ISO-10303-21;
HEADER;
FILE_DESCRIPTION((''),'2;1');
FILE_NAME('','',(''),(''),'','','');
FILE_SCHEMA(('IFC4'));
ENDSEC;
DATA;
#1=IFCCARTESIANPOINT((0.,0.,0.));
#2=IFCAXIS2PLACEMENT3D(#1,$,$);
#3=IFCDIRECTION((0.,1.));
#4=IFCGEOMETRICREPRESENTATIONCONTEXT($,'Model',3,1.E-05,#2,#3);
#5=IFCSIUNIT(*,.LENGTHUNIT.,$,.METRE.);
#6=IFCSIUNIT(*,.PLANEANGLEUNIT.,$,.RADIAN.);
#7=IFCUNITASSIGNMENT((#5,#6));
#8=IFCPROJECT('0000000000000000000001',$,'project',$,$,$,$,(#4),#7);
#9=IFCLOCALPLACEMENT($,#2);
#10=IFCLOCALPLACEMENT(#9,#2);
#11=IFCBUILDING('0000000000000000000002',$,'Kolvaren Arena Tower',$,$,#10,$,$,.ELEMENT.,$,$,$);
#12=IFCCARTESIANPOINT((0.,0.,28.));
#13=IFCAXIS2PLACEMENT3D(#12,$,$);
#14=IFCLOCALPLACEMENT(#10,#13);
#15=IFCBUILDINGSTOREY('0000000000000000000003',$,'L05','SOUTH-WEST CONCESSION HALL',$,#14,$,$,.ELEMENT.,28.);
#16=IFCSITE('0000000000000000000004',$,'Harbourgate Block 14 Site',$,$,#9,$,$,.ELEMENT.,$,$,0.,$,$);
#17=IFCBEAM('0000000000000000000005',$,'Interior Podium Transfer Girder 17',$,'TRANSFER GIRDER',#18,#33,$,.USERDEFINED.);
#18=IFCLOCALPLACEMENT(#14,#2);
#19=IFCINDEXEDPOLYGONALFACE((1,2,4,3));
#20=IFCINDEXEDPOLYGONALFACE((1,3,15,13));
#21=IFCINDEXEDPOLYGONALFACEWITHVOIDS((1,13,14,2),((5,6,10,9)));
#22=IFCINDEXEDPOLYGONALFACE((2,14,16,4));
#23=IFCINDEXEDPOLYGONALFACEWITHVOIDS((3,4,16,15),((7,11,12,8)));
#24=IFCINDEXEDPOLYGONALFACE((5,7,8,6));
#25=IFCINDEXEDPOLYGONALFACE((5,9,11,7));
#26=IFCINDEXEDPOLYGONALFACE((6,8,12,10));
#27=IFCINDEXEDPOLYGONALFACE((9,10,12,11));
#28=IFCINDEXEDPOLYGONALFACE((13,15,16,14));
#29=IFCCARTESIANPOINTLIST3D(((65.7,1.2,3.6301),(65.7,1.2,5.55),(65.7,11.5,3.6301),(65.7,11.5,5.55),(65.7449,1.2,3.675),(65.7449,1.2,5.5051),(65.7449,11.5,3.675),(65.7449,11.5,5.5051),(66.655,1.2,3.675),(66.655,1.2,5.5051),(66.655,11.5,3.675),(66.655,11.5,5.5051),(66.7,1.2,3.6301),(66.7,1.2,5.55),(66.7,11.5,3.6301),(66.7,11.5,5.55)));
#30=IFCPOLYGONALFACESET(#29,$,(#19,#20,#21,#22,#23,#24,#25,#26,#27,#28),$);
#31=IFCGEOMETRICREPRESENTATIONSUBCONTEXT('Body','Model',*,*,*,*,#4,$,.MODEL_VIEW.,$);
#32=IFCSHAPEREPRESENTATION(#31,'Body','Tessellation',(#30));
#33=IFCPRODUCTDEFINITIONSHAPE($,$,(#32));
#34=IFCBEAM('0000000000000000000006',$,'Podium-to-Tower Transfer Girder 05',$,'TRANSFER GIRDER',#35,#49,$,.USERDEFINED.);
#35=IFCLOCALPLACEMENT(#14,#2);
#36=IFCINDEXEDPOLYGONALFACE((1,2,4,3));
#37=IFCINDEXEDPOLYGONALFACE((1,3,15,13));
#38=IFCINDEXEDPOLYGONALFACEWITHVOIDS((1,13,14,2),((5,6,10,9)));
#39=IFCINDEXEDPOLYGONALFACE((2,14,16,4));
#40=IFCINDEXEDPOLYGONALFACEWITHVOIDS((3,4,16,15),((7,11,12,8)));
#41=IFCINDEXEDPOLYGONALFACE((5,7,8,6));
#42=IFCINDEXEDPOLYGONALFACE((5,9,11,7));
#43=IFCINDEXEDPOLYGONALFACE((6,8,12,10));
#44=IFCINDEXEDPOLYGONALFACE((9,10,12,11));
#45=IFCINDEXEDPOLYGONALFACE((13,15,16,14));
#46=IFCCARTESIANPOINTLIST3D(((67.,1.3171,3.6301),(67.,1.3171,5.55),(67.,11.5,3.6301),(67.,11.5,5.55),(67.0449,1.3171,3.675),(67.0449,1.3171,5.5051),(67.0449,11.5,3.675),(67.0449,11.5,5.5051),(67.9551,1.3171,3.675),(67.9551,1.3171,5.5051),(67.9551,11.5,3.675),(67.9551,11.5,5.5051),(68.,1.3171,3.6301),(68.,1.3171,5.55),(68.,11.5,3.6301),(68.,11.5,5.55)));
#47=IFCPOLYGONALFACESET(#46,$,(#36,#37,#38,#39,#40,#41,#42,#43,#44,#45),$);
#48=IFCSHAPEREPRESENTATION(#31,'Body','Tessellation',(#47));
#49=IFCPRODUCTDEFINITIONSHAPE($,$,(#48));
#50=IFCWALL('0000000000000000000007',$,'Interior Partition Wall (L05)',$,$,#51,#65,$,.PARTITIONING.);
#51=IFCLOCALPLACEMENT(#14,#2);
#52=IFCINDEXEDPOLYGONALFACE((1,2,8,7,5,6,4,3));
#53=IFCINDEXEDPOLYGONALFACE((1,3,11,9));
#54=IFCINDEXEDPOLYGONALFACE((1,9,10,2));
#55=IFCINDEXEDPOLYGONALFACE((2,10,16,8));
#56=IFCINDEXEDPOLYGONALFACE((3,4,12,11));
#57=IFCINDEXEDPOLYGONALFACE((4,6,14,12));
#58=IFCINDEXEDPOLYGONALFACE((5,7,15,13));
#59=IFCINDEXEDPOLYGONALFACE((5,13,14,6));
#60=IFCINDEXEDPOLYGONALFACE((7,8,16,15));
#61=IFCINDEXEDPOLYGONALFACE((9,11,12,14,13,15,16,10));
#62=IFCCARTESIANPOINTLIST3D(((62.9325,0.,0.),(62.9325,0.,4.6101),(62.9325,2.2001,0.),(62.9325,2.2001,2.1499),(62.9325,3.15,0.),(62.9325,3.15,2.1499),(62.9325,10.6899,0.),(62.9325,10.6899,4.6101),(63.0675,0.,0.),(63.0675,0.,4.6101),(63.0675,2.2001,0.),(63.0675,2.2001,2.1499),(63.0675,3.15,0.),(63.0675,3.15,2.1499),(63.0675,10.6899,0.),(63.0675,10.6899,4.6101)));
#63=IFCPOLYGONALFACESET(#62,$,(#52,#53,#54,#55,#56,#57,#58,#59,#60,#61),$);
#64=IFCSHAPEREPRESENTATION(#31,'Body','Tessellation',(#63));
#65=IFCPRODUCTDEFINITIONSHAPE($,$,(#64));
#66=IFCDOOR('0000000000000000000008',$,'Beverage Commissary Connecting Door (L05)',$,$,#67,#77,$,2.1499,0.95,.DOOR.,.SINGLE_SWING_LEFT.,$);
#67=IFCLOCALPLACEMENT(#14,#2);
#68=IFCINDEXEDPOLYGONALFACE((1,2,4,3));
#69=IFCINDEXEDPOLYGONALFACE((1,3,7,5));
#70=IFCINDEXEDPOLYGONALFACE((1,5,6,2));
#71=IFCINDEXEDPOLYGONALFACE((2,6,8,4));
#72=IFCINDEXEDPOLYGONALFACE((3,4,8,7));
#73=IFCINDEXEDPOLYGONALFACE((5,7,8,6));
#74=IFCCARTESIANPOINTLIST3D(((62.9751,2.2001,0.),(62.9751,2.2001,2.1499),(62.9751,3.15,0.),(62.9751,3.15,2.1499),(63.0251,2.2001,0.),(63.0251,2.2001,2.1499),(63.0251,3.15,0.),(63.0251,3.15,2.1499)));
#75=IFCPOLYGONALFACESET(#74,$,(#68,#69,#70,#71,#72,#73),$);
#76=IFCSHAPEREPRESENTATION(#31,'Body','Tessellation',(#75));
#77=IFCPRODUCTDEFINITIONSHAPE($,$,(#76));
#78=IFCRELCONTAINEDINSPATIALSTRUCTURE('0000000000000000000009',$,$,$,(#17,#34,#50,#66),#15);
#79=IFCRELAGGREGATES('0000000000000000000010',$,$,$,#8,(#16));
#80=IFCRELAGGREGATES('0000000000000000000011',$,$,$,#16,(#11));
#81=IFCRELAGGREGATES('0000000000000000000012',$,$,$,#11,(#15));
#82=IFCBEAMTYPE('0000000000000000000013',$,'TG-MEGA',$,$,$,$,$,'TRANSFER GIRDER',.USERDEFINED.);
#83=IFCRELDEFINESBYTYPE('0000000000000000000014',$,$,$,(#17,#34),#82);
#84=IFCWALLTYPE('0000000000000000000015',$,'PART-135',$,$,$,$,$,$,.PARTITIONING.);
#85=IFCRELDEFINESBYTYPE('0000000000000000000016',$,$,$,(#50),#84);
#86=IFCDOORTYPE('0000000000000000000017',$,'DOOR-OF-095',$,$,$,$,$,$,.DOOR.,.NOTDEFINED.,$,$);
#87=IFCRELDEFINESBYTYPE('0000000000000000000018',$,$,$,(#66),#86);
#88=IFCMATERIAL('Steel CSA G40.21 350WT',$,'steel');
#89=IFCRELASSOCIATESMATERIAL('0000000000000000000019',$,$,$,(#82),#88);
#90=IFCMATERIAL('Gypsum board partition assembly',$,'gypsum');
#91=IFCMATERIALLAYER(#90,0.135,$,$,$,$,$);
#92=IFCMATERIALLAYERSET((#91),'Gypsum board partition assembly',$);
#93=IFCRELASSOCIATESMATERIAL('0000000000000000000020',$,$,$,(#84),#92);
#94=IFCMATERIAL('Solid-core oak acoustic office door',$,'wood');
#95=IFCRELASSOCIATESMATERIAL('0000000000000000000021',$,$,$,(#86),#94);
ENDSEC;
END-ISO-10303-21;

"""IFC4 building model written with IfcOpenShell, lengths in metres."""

from ifc_helpers import new_model, si_unit, direction, frame, frame_2d, origin, origin_2d, place, context, subcontext, project, spatial, rectangle, hollow_rectangle, extrude, material, layer, layer_set, material_profile, profile_set, type_object, element, fill, save


model = new_model("IFC4")

# Units and contexts
model_context = context("Model", 3, precision=1e-05, world=origin(), true_north=direction((0.0, 1.0)))
body_context = subcontext(model_context, "Body", "Model", "MODEL_VIEW")
ifc_project = project(units=[si_unit("LENGTHUNIT", "METRE"), si_unit("PLANEANGLEUNIT", "RADIAN")], contexts=[model_context])

# Site, building, storey
site_placement = place(None, origin())
site = spatial("IfcSite", under=ifc_project, at=site_placement, Name="Harbourgate Block 14 Site", CompositionType="ELEMENT", RefElevation=0.0)
building_placement = place(site_placement, origin())
building = spatial("IfcBuilding", under=site, at=building_placement, Name="Kolvaren Arena Tower", CompositionType="ELEMENT")
storey_placement = place(building_placement, frame((0.0, 0.0, 28.0)))
storey = spatial("IfcBuildingStorey", under=building, at=storey_placement, Name="L05", Description="SOUTH-WEST CONCESSION HALL", CompositionType="ELEMENT", Elevation=28.0)

# Beams
ifc_material_1 = material(Name="Steel CSA G40.21 350WT", Category="steel")
ifc_material_profile_1 = material_profile(ifc_material_1, hollow_rectangle(XDim=1.0, YDim=1.9199, WallThickness=0.0449, at=origin_2d()), Name="BOX 1000x1920x45")
ifc_profile_set_1 = profile_set([ifc_material_profile_1], Name="Steel CSA G40.21 350WT")
beam_type_1 = type_object("IfcBeamType", Name="TG-MEGA", ElementType="TRANSFER GIRDER", PredefinedType="USERDEFINED", material=ifc_profile_set_1)
beam_1_placement = place(storey_placement, frame((66.2, 1.2, 4.5901), z_axis=(0.0, 1.0, 0.0), x_axis=(-1.0, 0.0, 0.0)))
element("IfcBeam", 1, at=beam_1_placement, inside=storey, type_object=beam_type_1, Name="Interior Podium Transfer Girder 17", ObjectType="TRANSFER GIRDER", PredefinedType="USERDEFINED", context=body_context, shape_type="SweptSolid", body=[
    extrude(hollow_rectangle(XDim=1.0, YDim=1.9199, WallThickness=0.0449, at=origin_2d()), origin(), (0.0, 0.0, 1.0), 10.3),
])
beam_2_placement = place(storey_placement, frame((67.5, 1.3171, 4.5901), z_axis=(0.0, 1.0, 0.0), x_axis=(-1.0, 0.0, 0.0)))
element("IfcBeam", 2, at=beam_2_placement, inside=storey, type_object=beam_type_1, Name="Podium-to-Tower Transfer Girder 05", ObjectType="TRANSFER GIRDER", PredefinedType="USERDEFINED", context=body_context, shape_type="SweptSolid", body=[
    extrude(hollow_rectangle(XDim=1.0, YDim=1.9199, WallThickness=0.0449, at=origin_2d()), origin(), (0.0, 0.0, 1.0), 10.1829),
])

# Wall, opening, door
ifc_material_2 = material(Name="Gypsum board partition assembly", Category="gypsum")
ifc_layer = layer(ifc_material_2, 0.135)
ifc_layer_set = layer_set([ifc_layer], Name="Gypsum board partition assembly")
wall_type = type_object("IfcWallType", Name="PART-135", PredefinedType="PARTITIONING", material=ifc_layer_set)
wall_placement = place(storey_placement, frame((63.0, 0.0, 0.0), z_axis=(0.0, 0.0, 1.0), x_axis=(0.0, 1.0, 0.0)))
wall = element("IfcWall", 3, at=wall_placement, inside=storey, type_object=wall_type, Name="Interior Partition Wall (L05)", PredefinedType="PARTITIONING", context=body_context, shape_type="SweptSolid", body=[
    extrude(rectangle(XDim=10.6899, YDim=0.135, at=frame_2d((5.345, 0.0))), origin(), (0.0, 0.0, 1.0), 4.6101),
])
opening_placement = place(wall_placement, frame((2.2, 0.0, 0.0)))
opening = element("IfcOpeningElement", 4, at=opening_placement, cuts=wall, PredefinedType="OPENING", context=body_context, shape_type="SweptSolid", body=[
    extrude(rectangle(XDim=0.95, YDim=2.1499, at=frame_2d((0.4751, 1.075))), frame((0.0, 0.0774, 0.0), z_axis=(0.0, -1.0, 0.0), x_axis=(1.0, 0.0, 0.0)), (0.0, 0.0, 1.0), 0.155),
])
ifc_material_3 = material(Name="Solid-core oak acoustic office door", Category="wood")
door_type = type_object("IfcDoorType", Name="DOOR-OF-095", OperationType="NOTDEFINED", PredefinedType="DOOR", material=ifc_material_3)
door_placement = place(opening_placement, origin())
door = element("IfcDoor", 5, at=door_placement, inside=storey, type_object=door_type, Name="Beverage Commissary Connecting Door (L05)", OperationType="SINGLE_SWING_LEFT", OverallHeight=2.1499, OverallWidth=0.95, PredefinedType="DOOR", context=body_context, shape_type="SweptSolid", body=[
    extrude(rectangle(XDim=0.95, YDim=2.1499, at=frame_2d((0.4751, 1.075))), frame((0.0, 0.0249, 0.0), z_axis=(0.0, -1.0, 0.0), x_axis=(1.0, 0.0, 0.0)), (0.0, 0.0, 1.0), 0.05),
])
fill(opening, door)

save(model, "model.ifc")
